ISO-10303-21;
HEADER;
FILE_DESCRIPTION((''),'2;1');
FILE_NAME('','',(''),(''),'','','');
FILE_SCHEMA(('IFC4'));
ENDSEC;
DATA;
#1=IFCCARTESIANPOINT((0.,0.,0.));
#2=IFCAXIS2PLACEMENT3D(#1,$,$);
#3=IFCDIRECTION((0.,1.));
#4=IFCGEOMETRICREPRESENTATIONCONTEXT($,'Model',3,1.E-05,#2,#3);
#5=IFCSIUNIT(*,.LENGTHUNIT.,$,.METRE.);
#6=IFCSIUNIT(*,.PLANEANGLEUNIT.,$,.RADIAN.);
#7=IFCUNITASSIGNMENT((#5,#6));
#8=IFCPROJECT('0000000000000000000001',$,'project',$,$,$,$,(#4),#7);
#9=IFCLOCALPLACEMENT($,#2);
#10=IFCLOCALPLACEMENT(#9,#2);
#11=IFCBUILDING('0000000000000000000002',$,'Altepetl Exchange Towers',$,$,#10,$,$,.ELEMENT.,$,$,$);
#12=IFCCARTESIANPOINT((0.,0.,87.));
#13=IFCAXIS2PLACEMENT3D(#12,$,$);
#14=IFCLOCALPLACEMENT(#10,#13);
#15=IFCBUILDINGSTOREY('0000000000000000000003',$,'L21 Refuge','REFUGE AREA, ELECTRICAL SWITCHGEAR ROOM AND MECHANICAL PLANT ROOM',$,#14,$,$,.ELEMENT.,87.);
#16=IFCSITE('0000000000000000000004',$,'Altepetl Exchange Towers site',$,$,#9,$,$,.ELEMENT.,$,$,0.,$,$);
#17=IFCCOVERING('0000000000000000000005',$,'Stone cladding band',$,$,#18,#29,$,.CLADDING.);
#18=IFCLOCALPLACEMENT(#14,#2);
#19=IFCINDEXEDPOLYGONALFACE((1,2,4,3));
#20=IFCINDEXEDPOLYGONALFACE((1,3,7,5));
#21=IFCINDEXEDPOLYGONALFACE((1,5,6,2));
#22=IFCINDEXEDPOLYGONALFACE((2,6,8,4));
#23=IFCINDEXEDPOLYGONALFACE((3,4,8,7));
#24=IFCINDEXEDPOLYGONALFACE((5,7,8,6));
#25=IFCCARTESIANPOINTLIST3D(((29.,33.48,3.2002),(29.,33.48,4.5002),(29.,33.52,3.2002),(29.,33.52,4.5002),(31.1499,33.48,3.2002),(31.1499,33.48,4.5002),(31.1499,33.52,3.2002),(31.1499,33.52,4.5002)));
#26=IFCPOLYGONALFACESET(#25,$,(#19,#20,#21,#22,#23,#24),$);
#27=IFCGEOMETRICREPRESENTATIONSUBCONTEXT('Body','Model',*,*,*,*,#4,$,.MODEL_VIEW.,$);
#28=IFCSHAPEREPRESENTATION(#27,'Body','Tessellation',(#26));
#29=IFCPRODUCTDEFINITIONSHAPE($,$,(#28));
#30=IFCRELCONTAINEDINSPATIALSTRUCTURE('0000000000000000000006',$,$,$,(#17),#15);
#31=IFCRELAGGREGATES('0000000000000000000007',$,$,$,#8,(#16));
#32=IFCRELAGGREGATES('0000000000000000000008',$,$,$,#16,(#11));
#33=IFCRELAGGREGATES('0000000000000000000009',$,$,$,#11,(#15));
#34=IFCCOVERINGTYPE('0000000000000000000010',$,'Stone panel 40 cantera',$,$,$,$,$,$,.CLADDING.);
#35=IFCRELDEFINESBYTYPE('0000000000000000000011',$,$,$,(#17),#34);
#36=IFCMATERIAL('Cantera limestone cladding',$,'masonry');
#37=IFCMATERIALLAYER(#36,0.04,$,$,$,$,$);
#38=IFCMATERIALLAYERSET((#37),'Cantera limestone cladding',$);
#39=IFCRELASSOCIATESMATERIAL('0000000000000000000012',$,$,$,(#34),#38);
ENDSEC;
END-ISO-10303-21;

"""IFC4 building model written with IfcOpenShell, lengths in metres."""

from ifc_helpers import new_model, si_unit, direction, frame, origin, origin_2d, place, context, subcontext, project, spatial, rectangle, extrude, material, layer, layer_set, type_object, element, save


model = new_model("IFC4")

# Units and contexts
model_context = context("Model", 3, precision=1e-05, world=origin(), true_north=direction((0.0, 1.0)))
body_context = subcontext(model_context, "Body", "Model", "MODEL_VIEW")
ifc_project = project(units=[si_unit("LENGTHUNIT", "METRE"), si_unit("PLANEANGLEUNIT", "RADIAN")], contexts=[model_context])

# Site, building, storey
site_placement = place(None, origin())
site = spatial("IfcSite", under=ifc_project, at=site_placement, Name="Altepetl Exchange Towers site", CompositionType="ELEMENT", RefElevation=0.0)
building_placement = place(site_placement, origin())
building = spatial("IfcBuilding", under=site, at=building_placement, Name="Altepetl Exchange Towers", CompositionType="ELEMENT")
storey_placement = place(building_placement, frame((0.0, 0.0, 87.0)))
storey = spatial("IfcBuildingStorey", under=building, at=storey_placement, Name="L21 Refuge", Description="REFUGE AREA, ELECTRICAL SWITCHGEAR ROOM AND MECHANICAL PLANT ROOM", CompositionType="ELEMENT", Elevation=87.0)

# Shared definitions
ifc_material_1 = material(Name="Cantera limestone cladding", Category="masonry")

# Covering
ifc_layer_1 = layer(ifc_material_1, 0.04)
ifc_layer_set_1 = layer_set([ifc_layer_1], Name="Cantera limestone cladding")
covering_type_1 = type_object("IfcCoveringType", Name="Stone panel 40 cantera", PredefinedType="CLADDING", material=ifc_layer_set_1)
covering_1_placement = place(storey_placement, frame((30.075, 33.5, 3.2002)))
element("IfcCovering", 1, at=covering_1_placement, inside=storey, type_object=covering_type_1, Name="Stone cladding band", PredefinedType="CLADDING", context=body_context, shape_type="SweptSolid", body=[
    extrude(rectangle(XDim=2.1499, YDim=0.04, at=origin_2d()), origin(), (0.0, 0.0, 1.0), 1.3),
])

save(model, "model.ifc")
